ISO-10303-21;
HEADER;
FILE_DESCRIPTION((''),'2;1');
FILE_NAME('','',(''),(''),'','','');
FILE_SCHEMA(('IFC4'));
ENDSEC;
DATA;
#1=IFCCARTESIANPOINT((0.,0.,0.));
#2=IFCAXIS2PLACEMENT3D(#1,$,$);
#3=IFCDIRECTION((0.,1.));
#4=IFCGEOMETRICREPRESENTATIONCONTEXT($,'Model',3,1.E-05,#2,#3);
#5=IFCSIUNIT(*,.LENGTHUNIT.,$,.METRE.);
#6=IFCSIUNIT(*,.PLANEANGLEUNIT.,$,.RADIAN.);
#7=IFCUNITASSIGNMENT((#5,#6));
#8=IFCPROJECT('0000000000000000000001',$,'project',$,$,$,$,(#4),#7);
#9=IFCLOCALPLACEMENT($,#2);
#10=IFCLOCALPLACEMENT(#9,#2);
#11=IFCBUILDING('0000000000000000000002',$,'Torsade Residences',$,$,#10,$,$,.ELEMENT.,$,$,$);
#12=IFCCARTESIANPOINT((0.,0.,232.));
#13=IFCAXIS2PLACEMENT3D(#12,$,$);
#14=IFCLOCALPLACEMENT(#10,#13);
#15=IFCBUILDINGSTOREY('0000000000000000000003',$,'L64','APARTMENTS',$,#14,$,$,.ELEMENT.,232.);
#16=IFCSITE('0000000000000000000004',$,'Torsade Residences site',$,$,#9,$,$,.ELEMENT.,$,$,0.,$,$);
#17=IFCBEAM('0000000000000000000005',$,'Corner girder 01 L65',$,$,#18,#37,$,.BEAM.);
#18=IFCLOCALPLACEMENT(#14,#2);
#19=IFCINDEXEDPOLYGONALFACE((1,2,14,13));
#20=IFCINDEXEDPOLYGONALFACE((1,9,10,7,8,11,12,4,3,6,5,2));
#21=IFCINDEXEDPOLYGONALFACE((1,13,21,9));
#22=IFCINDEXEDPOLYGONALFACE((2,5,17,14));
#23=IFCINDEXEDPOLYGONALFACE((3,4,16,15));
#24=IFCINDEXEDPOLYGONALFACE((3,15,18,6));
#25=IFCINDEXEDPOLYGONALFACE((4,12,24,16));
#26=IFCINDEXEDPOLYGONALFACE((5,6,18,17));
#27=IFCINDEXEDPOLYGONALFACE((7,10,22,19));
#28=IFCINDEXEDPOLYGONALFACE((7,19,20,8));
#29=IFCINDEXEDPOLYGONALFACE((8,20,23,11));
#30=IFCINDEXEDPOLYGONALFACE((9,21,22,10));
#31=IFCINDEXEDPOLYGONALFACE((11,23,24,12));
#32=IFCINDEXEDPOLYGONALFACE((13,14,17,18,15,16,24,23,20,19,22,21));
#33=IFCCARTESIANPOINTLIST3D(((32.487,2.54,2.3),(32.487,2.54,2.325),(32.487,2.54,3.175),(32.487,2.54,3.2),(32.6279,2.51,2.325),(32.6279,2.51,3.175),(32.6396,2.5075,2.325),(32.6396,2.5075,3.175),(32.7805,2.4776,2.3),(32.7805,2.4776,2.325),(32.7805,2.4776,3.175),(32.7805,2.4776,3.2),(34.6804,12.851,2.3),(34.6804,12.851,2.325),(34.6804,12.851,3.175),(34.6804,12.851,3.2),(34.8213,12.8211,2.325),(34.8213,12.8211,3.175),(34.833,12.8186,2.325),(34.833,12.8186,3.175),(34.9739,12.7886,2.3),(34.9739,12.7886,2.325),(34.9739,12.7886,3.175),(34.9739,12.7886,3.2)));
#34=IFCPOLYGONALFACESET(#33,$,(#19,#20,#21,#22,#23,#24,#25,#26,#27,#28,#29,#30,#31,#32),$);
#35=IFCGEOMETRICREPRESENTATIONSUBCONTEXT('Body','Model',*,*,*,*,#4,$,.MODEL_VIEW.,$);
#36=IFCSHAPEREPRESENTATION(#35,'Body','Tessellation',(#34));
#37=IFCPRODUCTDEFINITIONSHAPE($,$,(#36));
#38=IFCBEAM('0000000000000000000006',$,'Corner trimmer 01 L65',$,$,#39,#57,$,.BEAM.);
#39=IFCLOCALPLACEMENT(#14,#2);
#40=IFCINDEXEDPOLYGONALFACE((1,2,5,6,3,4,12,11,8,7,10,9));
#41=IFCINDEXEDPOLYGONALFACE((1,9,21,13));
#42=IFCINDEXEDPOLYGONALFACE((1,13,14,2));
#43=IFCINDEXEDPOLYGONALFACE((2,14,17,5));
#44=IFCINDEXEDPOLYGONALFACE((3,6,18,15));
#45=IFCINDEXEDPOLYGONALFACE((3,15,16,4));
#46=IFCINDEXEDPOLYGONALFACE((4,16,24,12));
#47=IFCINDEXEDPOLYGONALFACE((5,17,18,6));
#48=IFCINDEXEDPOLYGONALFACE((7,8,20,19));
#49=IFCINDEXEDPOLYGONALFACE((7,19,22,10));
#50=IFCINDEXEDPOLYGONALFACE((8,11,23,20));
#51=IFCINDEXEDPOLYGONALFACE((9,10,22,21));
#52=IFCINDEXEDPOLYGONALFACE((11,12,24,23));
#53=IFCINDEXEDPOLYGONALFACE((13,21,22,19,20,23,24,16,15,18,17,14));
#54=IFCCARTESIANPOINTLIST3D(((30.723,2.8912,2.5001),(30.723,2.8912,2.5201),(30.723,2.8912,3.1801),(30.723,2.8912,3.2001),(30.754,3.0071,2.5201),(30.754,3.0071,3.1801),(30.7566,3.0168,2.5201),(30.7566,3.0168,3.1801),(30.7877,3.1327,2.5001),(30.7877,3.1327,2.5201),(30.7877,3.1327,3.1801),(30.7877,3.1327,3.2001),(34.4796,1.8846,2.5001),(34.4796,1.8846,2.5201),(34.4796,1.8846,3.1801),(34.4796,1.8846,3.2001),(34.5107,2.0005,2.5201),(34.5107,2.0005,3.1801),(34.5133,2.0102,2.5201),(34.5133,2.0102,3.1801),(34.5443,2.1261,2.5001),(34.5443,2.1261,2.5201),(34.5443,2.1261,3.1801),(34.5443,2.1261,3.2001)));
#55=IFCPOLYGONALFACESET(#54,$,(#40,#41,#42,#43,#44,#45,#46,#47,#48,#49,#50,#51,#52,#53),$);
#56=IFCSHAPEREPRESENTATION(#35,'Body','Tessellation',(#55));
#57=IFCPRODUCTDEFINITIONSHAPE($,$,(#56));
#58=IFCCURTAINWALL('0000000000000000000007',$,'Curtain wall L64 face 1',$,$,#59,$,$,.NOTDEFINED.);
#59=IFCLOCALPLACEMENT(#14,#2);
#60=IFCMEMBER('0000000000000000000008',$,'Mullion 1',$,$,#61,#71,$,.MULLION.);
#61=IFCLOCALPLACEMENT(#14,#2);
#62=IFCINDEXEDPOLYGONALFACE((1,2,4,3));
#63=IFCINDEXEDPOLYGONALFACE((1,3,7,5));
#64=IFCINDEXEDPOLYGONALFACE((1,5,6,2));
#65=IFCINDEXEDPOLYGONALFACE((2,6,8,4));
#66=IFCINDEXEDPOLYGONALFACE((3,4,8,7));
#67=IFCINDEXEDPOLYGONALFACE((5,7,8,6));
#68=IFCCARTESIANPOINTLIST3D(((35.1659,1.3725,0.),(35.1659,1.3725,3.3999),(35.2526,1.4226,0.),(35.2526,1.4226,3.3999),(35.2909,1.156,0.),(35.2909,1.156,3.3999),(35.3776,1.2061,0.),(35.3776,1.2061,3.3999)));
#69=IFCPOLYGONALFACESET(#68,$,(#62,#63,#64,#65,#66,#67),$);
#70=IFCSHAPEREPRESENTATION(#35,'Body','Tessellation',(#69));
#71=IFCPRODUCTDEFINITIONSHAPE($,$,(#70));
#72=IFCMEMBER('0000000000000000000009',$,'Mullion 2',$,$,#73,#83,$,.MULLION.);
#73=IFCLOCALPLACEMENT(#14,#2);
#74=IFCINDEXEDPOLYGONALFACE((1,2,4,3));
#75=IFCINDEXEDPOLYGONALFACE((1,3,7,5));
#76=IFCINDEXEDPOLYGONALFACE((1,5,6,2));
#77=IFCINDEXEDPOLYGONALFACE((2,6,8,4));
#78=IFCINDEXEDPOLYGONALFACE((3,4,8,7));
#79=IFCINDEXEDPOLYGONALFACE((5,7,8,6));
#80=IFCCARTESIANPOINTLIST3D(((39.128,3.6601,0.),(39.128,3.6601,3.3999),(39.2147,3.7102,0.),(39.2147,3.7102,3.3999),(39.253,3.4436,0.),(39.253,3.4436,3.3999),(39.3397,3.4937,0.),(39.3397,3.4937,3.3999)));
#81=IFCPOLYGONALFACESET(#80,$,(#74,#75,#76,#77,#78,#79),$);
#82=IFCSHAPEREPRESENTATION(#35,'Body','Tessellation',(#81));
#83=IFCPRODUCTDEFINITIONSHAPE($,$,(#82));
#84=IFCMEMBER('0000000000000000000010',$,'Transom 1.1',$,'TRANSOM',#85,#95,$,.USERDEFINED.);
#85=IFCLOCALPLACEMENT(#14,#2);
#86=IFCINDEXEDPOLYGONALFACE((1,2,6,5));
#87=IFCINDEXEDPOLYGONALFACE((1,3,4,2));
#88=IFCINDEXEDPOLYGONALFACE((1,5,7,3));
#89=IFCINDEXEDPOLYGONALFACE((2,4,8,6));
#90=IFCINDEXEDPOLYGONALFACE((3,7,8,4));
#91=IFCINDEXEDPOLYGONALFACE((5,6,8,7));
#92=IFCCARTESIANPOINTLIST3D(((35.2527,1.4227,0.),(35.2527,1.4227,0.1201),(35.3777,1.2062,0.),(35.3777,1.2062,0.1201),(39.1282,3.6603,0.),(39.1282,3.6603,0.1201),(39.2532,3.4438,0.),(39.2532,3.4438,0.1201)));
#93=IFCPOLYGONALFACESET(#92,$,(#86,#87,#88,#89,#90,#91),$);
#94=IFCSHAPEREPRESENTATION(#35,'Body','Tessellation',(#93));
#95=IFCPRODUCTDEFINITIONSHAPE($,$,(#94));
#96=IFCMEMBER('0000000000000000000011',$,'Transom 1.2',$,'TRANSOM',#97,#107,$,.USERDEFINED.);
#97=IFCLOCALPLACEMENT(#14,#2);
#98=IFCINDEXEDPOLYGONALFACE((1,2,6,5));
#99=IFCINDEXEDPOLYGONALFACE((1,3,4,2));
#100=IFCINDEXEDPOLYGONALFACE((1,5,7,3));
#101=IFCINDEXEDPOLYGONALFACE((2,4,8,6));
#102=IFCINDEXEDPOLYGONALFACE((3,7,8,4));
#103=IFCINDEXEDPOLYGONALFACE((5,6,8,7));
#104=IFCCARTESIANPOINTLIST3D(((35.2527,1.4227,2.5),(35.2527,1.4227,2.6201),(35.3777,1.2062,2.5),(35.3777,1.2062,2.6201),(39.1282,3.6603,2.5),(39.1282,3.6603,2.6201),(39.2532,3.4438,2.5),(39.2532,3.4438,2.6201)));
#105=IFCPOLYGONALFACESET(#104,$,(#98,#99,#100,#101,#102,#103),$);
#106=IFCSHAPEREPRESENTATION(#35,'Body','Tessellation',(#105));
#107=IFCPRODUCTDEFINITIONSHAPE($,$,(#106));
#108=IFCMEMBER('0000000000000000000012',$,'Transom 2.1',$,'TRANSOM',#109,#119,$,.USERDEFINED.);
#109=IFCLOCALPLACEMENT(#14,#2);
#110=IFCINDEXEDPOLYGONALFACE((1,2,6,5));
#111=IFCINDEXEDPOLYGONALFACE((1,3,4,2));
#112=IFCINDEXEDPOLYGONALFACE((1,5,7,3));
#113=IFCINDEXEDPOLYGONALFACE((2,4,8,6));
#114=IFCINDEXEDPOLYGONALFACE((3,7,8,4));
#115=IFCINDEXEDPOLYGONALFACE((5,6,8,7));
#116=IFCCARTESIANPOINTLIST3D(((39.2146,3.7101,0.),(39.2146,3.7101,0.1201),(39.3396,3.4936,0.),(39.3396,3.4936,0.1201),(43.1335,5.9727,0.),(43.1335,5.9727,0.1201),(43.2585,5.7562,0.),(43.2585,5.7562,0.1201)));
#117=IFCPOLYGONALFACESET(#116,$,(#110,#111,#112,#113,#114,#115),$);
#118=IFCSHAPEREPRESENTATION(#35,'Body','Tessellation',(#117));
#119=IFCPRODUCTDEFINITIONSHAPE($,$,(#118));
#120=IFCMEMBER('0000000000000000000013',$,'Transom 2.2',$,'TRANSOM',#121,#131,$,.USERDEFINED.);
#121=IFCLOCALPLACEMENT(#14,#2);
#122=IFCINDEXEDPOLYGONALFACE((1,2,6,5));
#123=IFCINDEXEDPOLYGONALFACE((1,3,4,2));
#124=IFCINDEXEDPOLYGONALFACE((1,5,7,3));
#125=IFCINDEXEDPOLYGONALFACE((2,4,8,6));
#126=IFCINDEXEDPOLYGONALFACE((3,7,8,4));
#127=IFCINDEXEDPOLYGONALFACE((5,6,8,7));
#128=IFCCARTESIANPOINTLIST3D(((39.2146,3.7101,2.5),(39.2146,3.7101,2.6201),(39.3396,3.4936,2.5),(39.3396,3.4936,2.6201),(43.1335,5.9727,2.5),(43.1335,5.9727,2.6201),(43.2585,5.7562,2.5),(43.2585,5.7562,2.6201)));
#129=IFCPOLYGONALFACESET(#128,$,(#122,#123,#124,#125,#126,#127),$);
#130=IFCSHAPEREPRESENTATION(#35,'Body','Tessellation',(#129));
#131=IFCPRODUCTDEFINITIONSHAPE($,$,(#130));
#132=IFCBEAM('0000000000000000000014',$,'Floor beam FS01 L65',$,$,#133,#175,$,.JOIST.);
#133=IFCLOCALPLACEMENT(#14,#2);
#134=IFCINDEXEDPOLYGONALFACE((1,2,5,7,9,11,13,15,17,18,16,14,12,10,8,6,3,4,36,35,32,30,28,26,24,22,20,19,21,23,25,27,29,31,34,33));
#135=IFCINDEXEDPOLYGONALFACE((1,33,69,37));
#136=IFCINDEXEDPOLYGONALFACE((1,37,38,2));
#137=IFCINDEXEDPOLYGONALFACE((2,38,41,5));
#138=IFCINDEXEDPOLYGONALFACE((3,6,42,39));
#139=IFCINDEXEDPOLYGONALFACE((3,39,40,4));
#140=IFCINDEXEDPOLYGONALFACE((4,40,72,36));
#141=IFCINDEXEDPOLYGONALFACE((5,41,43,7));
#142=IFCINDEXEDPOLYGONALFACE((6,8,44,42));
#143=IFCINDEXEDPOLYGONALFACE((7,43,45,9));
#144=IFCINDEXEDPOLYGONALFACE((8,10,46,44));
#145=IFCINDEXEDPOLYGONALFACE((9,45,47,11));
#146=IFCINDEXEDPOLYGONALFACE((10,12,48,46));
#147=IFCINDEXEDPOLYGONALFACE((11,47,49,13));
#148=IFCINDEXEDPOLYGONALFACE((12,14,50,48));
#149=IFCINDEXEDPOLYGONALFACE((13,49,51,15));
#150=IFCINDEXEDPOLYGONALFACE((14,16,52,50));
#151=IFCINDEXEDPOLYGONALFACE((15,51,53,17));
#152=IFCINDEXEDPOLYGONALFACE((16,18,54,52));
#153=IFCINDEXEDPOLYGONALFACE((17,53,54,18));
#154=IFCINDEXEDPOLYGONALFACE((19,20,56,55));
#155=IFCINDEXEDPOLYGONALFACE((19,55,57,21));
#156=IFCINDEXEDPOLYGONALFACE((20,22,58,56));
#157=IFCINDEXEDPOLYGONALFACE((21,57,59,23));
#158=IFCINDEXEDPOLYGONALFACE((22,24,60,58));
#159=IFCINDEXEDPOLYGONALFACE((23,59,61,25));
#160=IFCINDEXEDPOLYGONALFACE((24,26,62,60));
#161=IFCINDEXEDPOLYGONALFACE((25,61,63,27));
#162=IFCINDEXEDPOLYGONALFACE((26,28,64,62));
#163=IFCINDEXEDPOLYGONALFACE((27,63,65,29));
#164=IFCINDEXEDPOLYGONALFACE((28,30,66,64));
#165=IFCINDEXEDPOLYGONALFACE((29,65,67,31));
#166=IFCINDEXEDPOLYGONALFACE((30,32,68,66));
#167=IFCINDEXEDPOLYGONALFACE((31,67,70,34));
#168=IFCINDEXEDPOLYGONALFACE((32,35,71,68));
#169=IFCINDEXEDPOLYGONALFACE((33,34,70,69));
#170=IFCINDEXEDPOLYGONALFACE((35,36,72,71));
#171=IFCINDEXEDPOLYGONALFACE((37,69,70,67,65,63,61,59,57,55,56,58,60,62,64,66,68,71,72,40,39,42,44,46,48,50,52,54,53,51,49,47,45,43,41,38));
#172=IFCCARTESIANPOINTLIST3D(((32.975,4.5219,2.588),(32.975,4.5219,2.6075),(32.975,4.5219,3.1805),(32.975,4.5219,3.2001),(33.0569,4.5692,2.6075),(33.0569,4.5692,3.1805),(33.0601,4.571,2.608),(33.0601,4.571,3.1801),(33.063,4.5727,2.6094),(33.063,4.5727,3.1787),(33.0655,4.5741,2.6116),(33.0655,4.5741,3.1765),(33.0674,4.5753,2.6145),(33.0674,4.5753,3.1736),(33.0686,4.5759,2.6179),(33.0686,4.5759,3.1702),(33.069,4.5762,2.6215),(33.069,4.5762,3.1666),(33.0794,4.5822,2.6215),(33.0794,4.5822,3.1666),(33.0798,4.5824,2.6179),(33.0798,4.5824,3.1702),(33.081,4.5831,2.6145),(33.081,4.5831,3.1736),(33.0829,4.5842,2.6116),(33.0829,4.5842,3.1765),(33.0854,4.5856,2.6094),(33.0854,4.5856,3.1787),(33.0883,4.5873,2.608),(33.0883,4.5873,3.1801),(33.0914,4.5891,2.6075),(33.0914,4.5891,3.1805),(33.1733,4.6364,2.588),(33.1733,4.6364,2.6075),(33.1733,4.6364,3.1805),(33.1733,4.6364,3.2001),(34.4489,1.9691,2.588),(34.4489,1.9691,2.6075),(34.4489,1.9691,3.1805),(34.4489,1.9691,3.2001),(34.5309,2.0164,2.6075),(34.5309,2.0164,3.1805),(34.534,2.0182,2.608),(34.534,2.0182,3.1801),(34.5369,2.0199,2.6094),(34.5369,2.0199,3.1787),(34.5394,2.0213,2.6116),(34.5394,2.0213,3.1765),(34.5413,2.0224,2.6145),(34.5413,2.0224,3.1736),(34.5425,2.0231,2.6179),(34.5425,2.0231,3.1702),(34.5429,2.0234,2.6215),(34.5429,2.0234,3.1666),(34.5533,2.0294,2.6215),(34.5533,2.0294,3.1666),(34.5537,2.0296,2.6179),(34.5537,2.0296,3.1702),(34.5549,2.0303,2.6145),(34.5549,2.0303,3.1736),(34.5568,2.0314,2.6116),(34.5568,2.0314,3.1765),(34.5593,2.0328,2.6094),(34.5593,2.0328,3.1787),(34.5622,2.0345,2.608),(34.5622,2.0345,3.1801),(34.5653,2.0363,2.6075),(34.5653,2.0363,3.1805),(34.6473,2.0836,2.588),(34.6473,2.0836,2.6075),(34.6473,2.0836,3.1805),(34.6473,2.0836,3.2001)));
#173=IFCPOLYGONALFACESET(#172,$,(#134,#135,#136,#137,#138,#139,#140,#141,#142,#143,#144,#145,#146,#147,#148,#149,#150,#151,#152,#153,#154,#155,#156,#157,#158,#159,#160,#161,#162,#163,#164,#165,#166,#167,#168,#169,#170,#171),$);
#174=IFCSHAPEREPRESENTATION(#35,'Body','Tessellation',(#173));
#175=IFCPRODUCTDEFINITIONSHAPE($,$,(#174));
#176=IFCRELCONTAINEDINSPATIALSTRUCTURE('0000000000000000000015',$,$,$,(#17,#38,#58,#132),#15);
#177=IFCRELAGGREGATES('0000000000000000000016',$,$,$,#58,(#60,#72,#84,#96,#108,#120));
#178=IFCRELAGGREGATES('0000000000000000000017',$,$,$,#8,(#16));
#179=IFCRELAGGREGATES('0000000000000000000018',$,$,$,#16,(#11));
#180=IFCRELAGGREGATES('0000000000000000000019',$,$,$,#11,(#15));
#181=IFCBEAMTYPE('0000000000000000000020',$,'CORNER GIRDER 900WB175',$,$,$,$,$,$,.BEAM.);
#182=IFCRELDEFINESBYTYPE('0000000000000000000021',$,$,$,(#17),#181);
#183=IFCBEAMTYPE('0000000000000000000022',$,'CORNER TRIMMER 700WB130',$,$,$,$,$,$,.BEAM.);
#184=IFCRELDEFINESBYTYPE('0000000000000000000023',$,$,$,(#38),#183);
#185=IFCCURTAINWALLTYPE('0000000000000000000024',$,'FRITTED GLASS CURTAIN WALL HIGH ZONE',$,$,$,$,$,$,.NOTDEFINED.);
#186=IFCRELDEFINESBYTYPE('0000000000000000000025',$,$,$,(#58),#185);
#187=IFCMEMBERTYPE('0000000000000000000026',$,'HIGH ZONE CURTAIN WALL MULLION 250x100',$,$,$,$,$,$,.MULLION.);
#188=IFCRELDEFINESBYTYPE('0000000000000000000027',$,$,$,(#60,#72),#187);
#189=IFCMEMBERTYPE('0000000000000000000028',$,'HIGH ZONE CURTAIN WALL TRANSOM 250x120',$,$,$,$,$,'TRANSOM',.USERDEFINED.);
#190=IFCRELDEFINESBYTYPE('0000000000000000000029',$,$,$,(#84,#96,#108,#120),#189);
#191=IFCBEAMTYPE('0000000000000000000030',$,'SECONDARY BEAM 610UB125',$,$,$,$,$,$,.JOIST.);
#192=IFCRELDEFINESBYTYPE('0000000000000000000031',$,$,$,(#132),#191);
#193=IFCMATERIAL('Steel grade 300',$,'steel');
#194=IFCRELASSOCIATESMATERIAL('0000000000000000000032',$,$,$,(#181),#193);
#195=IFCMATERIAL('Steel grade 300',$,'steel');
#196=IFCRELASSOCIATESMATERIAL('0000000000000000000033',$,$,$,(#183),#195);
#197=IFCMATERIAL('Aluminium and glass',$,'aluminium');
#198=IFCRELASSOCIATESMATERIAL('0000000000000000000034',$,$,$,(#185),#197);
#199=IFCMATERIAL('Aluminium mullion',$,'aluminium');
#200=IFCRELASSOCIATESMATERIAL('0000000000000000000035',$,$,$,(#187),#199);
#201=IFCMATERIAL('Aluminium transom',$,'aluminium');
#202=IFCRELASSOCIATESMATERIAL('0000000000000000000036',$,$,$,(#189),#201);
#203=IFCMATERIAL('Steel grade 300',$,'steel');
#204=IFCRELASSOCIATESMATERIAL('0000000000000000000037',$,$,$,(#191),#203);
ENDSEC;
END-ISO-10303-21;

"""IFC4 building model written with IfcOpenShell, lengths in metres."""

from ifc_helpers import new_model, si_unit, direction, frame, origin, origin_2d, place, context, subcontext, project, spatial, rectangle, i_section, extrude, material, material_profile, profile_set, type_object, element, aggregate, save


model = new_model("IFC4")

# Units and contexts
model_context = context("Model", 3, precision=1e-05, world=origin(), true_north=direction((0.0, 1.0)))
body_context = subcontext(model_context, "Body", "Model", "MODEL_VIEW")
ifc_project = project(units=[si_unit("LENGTHUNIT", "METRE"), si_unit("PLANEANGLEUNIT", "RADIAN")], contexts=[model_context])

# Site, building, storey
site_placement = place(None, origin())
site = spatial("IfcSite", under=ifc_project, at=site_placement, Name="Torsade Residences site", CompositionType="ELEMENT", RefElevation=0.0)
building_placement = place(site_placement, origin())
building = spatial("IfcBuilding", under=site, at=building_placement, Name="Torsade Residences", CompositionType="ELEMENT")
storey_placement = place(building_placement, frame((0.0, 0.0, 232.0)))
storey = spatial("IfcBuildingStorey", under=building, at=storey_placement, Name="L64", Description="APARTMENTS", CompositionType="ELEMENT", Elevation=232.0)

# Beams
ifc_material_1 = material(Name="Steel grade 300", Category="steel")
ifc_material_profile_1 = material_profile(ifc_material_1, i_section(OverallWidth=0.3, OverallDepth=0.8999, WebThickness=0.012, FlangeThickness=0.0249, at=origin_2d()), Name="900WB175")
ifc_profile_set_1 = profile_set([ifc_material_profile_1], Name="Steel grade 300")
beam_type_1 = type_object("IfcBeamType", Name="CORNER GIRDER 900WB175", PredefinedType="BEAM", material=ifc_profile_set_1)
beam_1_placement = place(storey_placement, frame((32.6338, 2.5088, 2.75), z_axis=(0.208064, 0.978115, 0.0), x_axis=(-0.978115, 0.208064, 0.0)))
element("IfcBeam", 1, at=beam_1_placement, inside=storey, type_object=beam_type_1, Name="Corner girder 01 L65", PredefinedType="BEAM", context=body_context, shape_type="SweptSolid", body=[
    extrude(i_section(OverallWidth=0.3, OverallDepth=0.8999, WebThickness=0.012, FlangeThickness=0.0249, at=origin_2d()), origin(), (0.0, 0.0, 1.0), 10.5417),
])
ifc_material_2 = material(Name="Steel grade 300", Category="steel")
ifc_material_profile_2 = material_profile(ifc_material_2, i_section(OverallWidth=0.25, OverallDepth=0.7, WebThickness=0.01, FlangeThickness=0.02, at=origin_2d()), Name="700WB130")
ifc_profile_set_2 = profile_set([ifc_material_profile_2], Name="Steel grade 300")
beam_type_2 = type_object("IfcBeamType", Name="CORNER TRIMMER 700WB130", PredefinedType="BEAM", material=ifc_profile_set_2)
beam_2_placement = place(storey_placement, frame((34.512, 2.0054, 2.8501), z_axis=(-0.965925, 0.258823, 0.0), x_axis=(-0.258823, -0.965925, 0.0)))
element("IfcBeam", 2, at=beam_2_placement, inside=storey, type_object=beam_type_2, Name="Corner trimmer 01 L65", PredefinedType="BEAM", context=body_context, shape_type="SweptSolid", body=[
    extrude(i_section(OverallWidth=0.25, OverallDepth=0.7, WebThickness=0.01, FlangeThickness=0.02, at=origin_2d()), origin(), (0.0, 0.0, 1.0), 3.8892),
])

# Curtain wall, members
ifc_material_3 = material(Name="Aluminium and glass", Category="aluminium")
curtain_wall_type = type_object("IfcCurtainWallType", Name="FRITTED GLASS CURTAIN WALL HIGH ZONE", PredefinedType="NOTDEFINED", material=ifc_material_3)
curtain_wall_placement = place(storey_placement, origin())
curtain_wall = element("IfcCurtainWall", 3, at=curtain_wall_placement, inside=storey, type_object=curtain_wall_type, Name="Curtain wall L64 face 1", PredefinedType="NOTDEFINED")
ifc_material_4 = material(Name="Aluminium mullion", Category="aluminium")
ifc_material_profile_3 = material_profile(ifc_material_4, rectangle(XDim=0.25, YDim=0.1001, at=origin_2d()), Name="HIGH ZONE CURTAIN WALL MULLION 250x100")
ifc_profile_set_3 = profile_set([ifc_material_profile_3], Name="Aluminium mullion")
member_type_1 = type_object("IfcMemberType", Name="HIGH ZONE CURTAIN WALL MULLION 250x100", PredefinedType="MULLION", material=ifc_profile_set_3)
member_1_placement = place(storey_placement, frame((35.2717, 1.2893, 0.0), z_axis=(0.0, 0.0, 1.0), x_axis=(-0.5, 0.866025, 0.0)))
member_1 = element("IfcMember", 4, at=member_1_placement, type_object=member_type_1, Name="Mullion 1", PredefinedType="MULLION", context=body_context, shape_type="SweptSolid", body=[
    extrude(rectangle(XDim=0.25, YDim=0.1001, at=origin_2d()), origin(), (0.0, 0.0, 1.0), 3.3999),
])
member_2_placement = place(storey_placement, frame((39.2339, 3.5769, 0.0), z_axis=(0.0, 0.0, 1.0), x_axis=(-0.5, 0.866025, 0.0)))
member_2 = element("IfcMember", 5, at=member_2_placement, type_object=member_type_1, Name="Mullion 2", PredefinedType="MULLION", context=body_context, shape_type="SweptSolid", body=[
    extrude(rectangle(XDim=0.25, YDim=0.1001, at=origin_2d()), origin(), (0.0, 0.0, 1.0), 3.3999),
])
ifc_material_5 = material(Name="Aluminium transom", Category="aluminium")
ifc_material_profile_4 = material_profile(ifc_material_5, rectangle(XDim=0.25, YDim=0.1201, at=origin_2d()), Name="HIGH ZONE CURTAIN WALL TRANSOM 250x120")
ifc_profile_set_4 = profile_set([ifc_material_profile_4], Name="Aluminium transom")
member_type_2 = type_object("IfcMemberType", Name="HIGH ZONE CURTAIN WALL TRANSOM 250x120", ElementType="TRANSOM", PredefinedType="USERDEFINED", material=ifc_profile_set_4)
member_3_placement = place(storey_placement, frame((35.3152, 1.3145, 0.0601), z_axis=(0.866022, 0.500006, 0.0), x_axis=(-0.500006, 0.866022, 0.0)))
member_3 = element("IfcMember", 6, at=member_3_placement, type_object=member_type_2, Name="Transom 1.1", ObjectType="TRANSOM", PredefinedType="USERDEFINED", context=body_context, shape_type="SweptSolid", body=[
    extrude(rectangle(XDim=0.25, YDim=0.1201, at=origin_2d()), origin(), (0.0, 0.0, 1.0), 4.4751),
])
member_4_placement = place(storey_placement, frame((35.3152, 1.3145, 2.5601), z_axis=(0.866022, 0.500006, 0.0), x_axis=(-0.500006, 0.866022, 0.0)))
member_4 = element("IfcMember", 7, at=member_4_placement, type_object=member_type_2, Name="Transom 1.2", ObjectType="TRANSOM", PredefinedType="USERDEFINED", context=body_context, shape_type="SweptSolid", body=[
    extrude(rectangle(XDim=0.25, YDim=0.1201, at=origin_2d()), origin(), (0.0, 0.0, 1.0), 4.4751),
])
member_5_placement = place(storey_placement, frame((39.2771, 3.6018, 0.0601), z_axis=(0.866017, 0.500015, 0.0), x_axis=(-0.500015, 0.866017, 0.0)))
member_5 = element("IfcMember", 8, at=member_5_placement, type_object=member_type_2, Name="Transom 2.1", ObjectType="TRANSOM", PredefinedType="USERDEFINED", context=body_context, shape_type="SweptSolid", body=[
    extrude(rectangle(XDim=0.25, YDim=0.1201, at=origin_2d()), origin(), (0.0, 0.0, 1.0), 4.5251),
])
member_6_placement = place(storey_placement, frame((39.2771, 3.6018, 2.5601), z_axis=(0.866017, 0.500015, 0.0), x_axis=(-0.500015, 0.866017, 0.0)))
member_6 = element("IfcMember", 9, at=member_6_placement, type_object=member_type_2, Name="Transom 2.2", ObjectType="TRANSOM", PredefinedType="USERDEFINED", context=body_context, shape_type="SweptSolid", body=[
    extrude(rectangle(XDim=0.25, YDim=0.1201, at=origin_2d()), origin(), (0.0, 0.0, 1.0), 4.5251),
])

# Beam
ifc_material_6 = material(Name="Steel grade 300", Category="steel")
ifc_material_profile_5 = material_profile(ifc_material_6, i_section(OverallWidth=0.229, OverallDepth=0.6121, WebThickness=0.012, FlangeThickness=0.0195, FilletRadius=0.0139, at=origin_2d()), Name="610UB125")
ifc_profile_set_5 = profile_set([ifc_material_profile_5], Name="Steel grade 300")
beam_type_3 = type_object("IfcBeamType", Name="SECONDARY BEAM 610UB125", PredefinedType="JOIST", material=ifc_profile_set_5)
beam_3_placement = place(storey_placement, frame((34.5481, 2.0264, 2.894), z_axis=(-0.500014, 0.866017, 0.0), x_axis=(-0.866017, -0.500014, 0.0)))
element("IfcBeam", 10, at=beam_3_placement, inside=storey, type_object=beam_type_3, Name="Floor beam FS01 L65", PredefinedType="JOIST", context=body_context, shape_type="SweptSolid", body=[
    extrude(i_section(OverallWidth=0.229, OverallDepth=0.6121, WebThickness=0.012, FlangeThickness=0.0195, FilletRadius=0.0139, at=origin_2d()), origin(), (0.0, 0.0, 1.0), 2.9478),
])

aggregate(curtain_wall, [member_1, member_2, member_3, member_4, member_5, member_6])

save(model, "model.ifc")
